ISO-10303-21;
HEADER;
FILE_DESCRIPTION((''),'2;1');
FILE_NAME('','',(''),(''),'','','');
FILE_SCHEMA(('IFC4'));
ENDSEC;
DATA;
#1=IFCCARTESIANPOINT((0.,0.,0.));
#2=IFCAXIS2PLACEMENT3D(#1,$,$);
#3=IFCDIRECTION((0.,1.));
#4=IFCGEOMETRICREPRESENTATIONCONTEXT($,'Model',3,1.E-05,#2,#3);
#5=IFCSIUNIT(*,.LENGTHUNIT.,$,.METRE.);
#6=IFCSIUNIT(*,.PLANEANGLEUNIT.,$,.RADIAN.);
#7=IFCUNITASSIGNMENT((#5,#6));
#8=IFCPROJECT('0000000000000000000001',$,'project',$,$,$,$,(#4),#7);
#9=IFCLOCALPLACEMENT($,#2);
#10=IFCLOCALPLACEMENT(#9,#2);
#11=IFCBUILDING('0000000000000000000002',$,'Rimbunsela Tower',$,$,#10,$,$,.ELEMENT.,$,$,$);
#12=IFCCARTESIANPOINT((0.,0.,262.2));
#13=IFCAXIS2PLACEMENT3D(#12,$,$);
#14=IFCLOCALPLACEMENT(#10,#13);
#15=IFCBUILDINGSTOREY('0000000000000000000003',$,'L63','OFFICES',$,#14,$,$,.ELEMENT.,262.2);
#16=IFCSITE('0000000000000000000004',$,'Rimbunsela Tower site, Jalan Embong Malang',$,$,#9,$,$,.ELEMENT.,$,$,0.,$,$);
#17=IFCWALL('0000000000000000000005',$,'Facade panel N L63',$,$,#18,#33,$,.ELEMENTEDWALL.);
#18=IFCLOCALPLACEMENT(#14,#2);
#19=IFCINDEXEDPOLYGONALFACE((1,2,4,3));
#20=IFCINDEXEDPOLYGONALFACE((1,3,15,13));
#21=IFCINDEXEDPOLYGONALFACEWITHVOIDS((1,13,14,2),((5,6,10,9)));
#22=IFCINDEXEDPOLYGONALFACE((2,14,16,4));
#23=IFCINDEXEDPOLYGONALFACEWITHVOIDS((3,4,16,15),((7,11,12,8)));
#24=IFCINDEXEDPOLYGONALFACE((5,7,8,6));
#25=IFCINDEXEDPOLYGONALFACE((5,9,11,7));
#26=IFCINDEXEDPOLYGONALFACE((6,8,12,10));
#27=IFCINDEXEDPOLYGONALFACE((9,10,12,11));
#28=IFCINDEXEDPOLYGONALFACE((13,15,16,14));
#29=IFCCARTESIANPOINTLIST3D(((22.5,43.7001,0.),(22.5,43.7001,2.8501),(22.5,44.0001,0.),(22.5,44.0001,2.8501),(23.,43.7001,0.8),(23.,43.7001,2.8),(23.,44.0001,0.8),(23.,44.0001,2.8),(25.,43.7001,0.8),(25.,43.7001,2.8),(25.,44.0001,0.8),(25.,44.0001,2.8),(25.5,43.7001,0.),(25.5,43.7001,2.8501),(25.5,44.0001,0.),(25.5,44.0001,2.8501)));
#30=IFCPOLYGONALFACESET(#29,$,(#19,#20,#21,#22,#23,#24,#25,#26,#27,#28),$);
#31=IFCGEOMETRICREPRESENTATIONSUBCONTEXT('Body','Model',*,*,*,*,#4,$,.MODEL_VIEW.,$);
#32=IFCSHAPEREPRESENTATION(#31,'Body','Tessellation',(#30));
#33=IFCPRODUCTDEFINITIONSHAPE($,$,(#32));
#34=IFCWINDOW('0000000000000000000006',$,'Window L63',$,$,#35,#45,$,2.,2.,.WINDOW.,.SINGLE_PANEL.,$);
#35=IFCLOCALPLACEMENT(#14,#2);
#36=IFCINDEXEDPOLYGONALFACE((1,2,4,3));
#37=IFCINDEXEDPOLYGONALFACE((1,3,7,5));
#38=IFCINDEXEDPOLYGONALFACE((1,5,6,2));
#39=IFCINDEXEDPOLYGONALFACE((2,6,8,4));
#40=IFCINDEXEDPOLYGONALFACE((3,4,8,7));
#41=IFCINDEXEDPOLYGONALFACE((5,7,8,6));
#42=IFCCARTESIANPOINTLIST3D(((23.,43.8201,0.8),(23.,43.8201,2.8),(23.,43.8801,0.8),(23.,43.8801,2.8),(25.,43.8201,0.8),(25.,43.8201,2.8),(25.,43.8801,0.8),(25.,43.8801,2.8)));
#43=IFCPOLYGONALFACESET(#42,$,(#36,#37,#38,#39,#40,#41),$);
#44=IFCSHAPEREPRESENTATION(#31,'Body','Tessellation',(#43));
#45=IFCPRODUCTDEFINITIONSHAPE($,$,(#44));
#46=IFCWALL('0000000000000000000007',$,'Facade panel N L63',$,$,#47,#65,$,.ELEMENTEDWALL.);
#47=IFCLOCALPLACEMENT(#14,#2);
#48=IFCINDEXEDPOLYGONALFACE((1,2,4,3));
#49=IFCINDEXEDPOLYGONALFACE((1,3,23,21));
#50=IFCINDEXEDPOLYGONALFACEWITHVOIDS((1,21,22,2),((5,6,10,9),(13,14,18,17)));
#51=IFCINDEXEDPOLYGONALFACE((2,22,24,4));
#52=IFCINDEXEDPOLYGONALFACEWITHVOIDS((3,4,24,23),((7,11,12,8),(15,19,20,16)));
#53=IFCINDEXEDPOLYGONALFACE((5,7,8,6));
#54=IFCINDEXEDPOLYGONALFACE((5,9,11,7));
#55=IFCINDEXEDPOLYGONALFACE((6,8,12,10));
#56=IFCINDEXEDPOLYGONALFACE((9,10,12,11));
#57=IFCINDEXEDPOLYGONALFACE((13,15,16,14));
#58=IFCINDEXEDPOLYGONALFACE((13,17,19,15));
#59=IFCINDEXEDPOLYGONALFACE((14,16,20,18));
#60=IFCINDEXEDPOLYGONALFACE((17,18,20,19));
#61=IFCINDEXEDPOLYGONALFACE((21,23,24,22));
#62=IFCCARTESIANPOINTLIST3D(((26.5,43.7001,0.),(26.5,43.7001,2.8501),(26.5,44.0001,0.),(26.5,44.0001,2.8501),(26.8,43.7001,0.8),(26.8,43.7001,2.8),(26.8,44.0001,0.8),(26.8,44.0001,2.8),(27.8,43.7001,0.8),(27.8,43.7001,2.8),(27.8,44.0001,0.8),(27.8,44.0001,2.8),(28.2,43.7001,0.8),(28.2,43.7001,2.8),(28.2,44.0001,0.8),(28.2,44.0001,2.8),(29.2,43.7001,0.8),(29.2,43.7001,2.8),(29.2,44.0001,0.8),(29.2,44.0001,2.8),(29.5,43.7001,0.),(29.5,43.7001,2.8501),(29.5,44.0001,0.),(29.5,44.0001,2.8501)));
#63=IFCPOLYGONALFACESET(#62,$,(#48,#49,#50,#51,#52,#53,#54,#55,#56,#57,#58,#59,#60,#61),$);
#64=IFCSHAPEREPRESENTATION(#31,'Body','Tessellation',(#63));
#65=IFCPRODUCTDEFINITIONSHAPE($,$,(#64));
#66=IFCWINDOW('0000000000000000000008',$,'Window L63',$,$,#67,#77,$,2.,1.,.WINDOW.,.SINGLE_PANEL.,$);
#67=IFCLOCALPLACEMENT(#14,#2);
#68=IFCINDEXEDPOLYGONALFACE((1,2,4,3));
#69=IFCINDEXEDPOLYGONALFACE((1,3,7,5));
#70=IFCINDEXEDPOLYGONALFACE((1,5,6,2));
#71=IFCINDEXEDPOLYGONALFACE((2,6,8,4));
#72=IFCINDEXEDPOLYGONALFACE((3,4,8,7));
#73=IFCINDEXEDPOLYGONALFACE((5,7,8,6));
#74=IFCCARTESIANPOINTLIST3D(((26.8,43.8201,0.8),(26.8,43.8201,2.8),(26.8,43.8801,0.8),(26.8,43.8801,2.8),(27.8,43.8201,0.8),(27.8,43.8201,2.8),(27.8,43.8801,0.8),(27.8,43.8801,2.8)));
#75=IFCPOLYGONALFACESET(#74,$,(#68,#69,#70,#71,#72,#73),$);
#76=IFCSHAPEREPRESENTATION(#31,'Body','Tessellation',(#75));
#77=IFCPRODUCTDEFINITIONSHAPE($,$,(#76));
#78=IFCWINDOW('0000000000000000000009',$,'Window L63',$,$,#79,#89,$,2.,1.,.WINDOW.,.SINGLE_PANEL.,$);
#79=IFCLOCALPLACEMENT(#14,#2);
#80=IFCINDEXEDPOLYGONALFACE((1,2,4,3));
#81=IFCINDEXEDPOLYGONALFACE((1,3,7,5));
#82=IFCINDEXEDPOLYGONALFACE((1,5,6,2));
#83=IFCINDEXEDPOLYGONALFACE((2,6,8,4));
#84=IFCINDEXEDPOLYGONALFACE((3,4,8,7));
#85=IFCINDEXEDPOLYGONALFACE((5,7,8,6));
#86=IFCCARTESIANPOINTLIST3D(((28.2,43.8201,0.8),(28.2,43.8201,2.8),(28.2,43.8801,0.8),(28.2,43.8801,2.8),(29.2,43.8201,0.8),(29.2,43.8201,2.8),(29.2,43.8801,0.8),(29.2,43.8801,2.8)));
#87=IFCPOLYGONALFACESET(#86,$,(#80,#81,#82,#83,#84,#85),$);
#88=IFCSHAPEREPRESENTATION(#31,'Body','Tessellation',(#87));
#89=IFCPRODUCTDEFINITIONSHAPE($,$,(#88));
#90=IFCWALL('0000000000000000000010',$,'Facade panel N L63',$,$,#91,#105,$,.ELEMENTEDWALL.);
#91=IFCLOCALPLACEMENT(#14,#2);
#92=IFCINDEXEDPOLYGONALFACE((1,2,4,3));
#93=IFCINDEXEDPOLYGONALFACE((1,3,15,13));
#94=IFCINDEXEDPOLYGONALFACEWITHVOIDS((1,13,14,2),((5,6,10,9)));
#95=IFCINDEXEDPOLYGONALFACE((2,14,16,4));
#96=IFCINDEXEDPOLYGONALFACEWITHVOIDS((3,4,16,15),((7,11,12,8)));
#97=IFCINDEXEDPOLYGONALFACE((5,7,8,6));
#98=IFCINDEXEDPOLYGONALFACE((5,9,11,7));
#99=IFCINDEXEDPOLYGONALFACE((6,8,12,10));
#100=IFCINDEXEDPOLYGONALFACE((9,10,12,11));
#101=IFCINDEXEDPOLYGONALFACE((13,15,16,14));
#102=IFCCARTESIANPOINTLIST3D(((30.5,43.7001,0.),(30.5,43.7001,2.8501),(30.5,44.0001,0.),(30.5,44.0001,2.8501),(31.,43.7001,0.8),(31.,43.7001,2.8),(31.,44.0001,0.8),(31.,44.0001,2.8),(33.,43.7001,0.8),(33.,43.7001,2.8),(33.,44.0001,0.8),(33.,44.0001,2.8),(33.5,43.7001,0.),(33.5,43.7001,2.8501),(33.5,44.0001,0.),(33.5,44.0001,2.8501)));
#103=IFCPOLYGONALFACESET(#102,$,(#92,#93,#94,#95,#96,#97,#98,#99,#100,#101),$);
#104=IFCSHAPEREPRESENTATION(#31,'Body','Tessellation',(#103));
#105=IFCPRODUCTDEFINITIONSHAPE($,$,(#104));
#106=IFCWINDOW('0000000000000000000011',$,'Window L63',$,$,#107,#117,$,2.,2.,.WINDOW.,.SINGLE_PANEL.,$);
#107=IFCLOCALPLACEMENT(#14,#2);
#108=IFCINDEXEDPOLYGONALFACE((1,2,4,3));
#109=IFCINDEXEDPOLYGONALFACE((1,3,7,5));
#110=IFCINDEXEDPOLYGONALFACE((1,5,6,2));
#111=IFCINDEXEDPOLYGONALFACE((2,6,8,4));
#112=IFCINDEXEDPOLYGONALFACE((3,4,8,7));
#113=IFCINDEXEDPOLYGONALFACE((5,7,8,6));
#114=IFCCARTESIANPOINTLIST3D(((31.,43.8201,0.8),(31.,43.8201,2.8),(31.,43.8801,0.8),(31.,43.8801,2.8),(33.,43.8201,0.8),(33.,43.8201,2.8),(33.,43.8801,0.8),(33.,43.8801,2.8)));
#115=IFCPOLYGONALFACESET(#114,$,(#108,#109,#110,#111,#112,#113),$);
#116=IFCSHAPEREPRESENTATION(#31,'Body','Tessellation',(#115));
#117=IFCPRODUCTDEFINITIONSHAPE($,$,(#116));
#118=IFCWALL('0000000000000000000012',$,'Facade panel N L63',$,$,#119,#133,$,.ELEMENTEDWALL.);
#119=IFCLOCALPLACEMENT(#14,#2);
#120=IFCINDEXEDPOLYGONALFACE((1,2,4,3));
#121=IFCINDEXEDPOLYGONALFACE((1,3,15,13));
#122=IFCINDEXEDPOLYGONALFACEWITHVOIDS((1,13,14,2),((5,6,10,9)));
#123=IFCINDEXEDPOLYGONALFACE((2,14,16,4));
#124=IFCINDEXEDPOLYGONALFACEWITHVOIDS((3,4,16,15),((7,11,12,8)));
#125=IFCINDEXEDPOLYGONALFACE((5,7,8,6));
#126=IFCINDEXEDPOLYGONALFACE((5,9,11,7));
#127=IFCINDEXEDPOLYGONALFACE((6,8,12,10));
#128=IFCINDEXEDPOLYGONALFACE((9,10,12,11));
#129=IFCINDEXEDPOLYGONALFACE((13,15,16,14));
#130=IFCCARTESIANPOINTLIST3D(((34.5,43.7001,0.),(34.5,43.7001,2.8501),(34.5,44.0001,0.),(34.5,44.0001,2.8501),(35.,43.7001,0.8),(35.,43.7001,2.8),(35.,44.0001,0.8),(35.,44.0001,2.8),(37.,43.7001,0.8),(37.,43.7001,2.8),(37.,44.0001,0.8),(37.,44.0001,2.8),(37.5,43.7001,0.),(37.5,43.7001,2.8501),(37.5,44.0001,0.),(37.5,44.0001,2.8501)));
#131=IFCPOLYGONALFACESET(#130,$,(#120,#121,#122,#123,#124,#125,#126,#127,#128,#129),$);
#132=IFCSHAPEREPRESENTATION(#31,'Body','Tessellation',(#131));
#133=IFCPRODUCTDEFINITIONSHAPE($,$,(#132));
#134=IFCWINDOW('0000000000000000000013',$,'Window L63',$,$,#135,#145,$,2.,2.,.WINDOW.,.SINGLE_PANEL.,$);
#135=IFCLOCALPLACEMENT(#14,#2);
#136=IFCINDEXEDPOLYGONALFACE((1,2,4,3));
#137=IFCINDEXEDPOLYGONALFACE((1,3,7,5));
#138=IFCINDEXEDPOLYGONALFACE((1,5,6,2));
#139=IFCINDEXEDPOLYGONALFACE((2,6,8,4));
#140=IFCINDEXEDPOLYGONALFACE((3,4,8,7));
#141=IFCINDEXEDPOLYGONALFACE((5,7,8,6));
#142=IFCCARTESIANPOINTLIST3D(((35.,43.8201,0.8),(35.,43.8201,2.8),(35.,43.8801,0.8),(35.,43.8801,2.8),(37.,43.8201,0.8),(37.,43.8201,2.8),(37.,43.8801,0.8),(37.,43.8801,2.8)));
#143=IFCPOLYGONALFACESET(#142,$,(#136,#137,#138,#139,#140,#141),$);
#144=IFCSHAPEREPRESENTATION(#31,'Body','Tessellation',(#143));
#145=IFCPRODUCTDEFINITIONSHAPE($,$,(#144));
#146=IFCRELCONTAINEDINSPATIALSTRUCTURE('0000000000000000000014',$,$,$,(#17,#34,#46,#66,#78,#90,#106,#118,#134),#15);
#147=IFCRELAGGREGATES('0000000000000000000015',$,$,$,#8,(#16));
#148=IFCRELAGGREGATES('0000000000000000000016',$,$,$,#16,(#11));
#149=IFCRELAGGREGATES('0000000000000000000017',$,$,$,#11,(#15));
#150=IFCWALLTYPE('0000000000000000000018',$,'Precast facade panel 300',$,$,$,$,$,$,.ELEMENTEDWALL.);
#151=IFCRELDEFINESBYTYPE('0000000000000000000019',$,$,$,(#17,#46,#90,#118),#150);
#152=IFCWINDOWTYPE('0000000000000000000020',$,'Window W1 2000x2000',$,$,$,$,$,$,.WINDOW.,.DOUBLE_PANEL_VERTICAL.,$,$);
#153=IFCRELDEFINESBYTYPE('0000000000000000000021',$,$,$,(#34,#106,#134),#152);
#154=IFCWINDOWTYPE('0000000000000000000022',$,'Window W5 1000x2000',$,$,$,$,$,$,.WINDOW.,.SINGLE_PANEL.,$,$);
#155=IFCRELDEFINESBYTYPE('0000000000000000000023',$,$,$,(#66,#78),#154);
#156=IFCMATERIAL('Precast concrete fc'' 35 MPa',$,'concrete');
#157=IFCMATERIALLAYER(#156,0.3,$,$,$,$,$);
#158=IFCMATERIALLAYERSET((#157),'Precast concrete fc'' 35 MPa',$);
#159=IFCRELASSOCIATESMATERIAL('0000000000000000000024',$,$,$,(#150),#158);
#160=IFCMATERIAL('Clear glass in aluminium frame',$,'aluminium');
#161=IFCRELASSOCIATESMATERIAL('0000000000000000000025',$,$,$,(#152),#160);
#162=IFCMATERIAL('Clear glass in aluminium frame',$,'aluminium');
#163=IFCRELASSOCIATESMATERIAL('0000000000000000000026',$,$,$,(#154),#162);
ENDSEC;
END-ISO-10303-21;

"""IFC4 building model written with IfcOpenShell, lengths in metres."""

from ifc_helpers import new_model, si_unit, direction, frame, frame_2d, origin, place, context, subcontext, project, spatial, rectangle, extrude, material, layer, layer_set, type_object, element, fill, save


model = new_model("IFC4")

# Units and contexts
model_context = context("Model", 3, precision=1e-05, world=origin(), true_north=direction((0.0, 1.0)))
body_context = subcontext(model_context, "Body", "Model", "MODEL_VIEW")
ifc_project = project(units=[si_unit("LENGTHUNIT", "METRE"), si_unit("PLANEANGLEUNIT", "RADIAN")], contexts=[model_context])

# Site, building, storey
site_placement = place(None, origin())
site = spatial("IfcSite", under=ifc_project, at=site_placement, Name="Rimbunsela Tower site, Jalan Embong Malang", CompositionType="ELEMENT", RefElevation=0.0)
building_placement = place(site_placement, origin())
building = spatial("IfcBuilding", under=site, at=building_placement, Name="Rimbunsela Tower", CompositionType="ELEMENT")
storey_placement = place(building_placement, frame((0.0, 0.0, 262.2)))
storey = spatial("IfcBuildingStorey", under=building, at=storey_placement, Name="L63", Description="OFFICES", CompositionType="ELEMENT", Elevation=262.2)

# Wall, opening, window
ifc_material_1 = material(Name="Precast concrete fc' 35 MPa", Category="concrete")
ifc_layer_1 = layer(ifc_material_1, 0.3)
ifc_layer_set_1 = layer_set([ifc_layer_1], Name="Precast concrete fc' 35 MPa")
wall_type_1 = type_object("IfcWallType", Name="Precast facade panel 300", PredefinedType="ELEMENTEDWALL", material=ifc_layer_set_1)
wall_1_placement = place(storey_placement, frame((25.5, 43.8501, 0.0), z_axis=(0.0, 0.0, 1.0), x_axis=(-1.0, 0.0, 0.0)))
wall_1 = element("IfcWall", 1, at=wall_1_placement, inside=storey, type_object=wall_type_1, Name="Facade panel N L63", PredefinedType="ELEMENTEDWALL", context=body_context, shape_type="SweptSolid", body=[
    extrude(rectangle(XDim=3.0, YDim=0.3, at=frame_2d((1.5, 0.0))), origin(), (0.0, 0.0, 1.0), 2.8501),
])
opening_1_placement = place(wall_1_placement, frame((0.5, 0.0, 0.8)))
opening_1 = element("IfcOpeningElement", 2, at=opening_1_placement, cuts=wall_1, PredefinedType="OPENING", context=body_context, shape_type="SweptSolid", body=[
    extrude(rectangle(XDim=2.0, YDim=2.0, at=frame_2d((1.0, 1.0))), frame((0.0, 0.1599, 0.0), z_axis=(0.0, -1.0, 0.0), x_axis=(1.0, 0.0, 0.0)), (0.0, 0.0, 1.0), 0.3201),
])
ifc_material_2 = material(Name="Clear glass in aluminium frame", Category="aluminium")
window_type_1 = type_object("IfcWindowType", Name="Window W1 2000x2000", PartitioningType="DOUBLE_PANEL_VERTICAL", PredefinedType="WINDOW", material=ifc_material_2)
window_1_placement = place(opening_1_placement, origin())
window_1 = element("IfcWindow", 3, at=window_1_placement, inside=storey, type_object=window_type_1, Name="Window L63", OverallHeight=2.0, OverallWidth=2.0, PartitioningType="SINGLE_PANEL", PredefinedType="WINDOW", context=body_context, shape_type="SweptSolid", body=[
    extrude(rectangle(XDim=2.0, YDim=2.0, at=frame_2d((1.0, 1.0))), frame((0.0, 0.03, 0.0), z_axis=(0.0, -1.0, 0.0), x_axis=(1.0, 0.0, 0.0)), (0.0, 0.0, 1.0), 0.0601),
])
fill(opening_1, window_1)

# Wall, openings, windows
wall_2_placement = place(storey_placement, frame((29.5, 43.8501, 0.0), z_axis=(0.0, 0.0, 1.0), x_axis=(-1.0, 0.0, 0.0)))
wall_2 = element("IfcWall", 4, at=wall_2_placement, inside=storey, type_object=wall_type_1, Name="Facade panel N L63", PredefinedType="ELEMENTEDWALL", context=body_context, shape_type="SweptSolid", body=[
    extrude(rectangle(XDim=3.0, YDim=0.3, at=frame_2d((1.5, 0.0))), origin(), (0.0, 0.0, 1.0), 2.8501),
])
opening_2_placement = place(wall_2_placement, frame((1.7, 0.0, 0.8)))
opening_2 = element("IfcOpeningElement", 5, at=opening_2_placement, cuts=wall_2, PredefinedType="OPENING", context=body_context, shape_type="SweptSolid", body=[
    extrude(rectangle(XDim=1.0, YDim=2.0, at=frame_2d((0.5, 1.0))), frame((0.0, 0.1599, 0.0), z_axis=(0.0, -1.0, 0.0), x_axis=(1.0, 0.0, 0.0)), (0.0, 0.0, 1.0), 0.3201),
])
opening_3_placement = place(wall_2_placement, frame((0.3, 0.0, 0.8)))
opening_3 = element("IfcOpeningElement", 6, at=opening_3_placement, cuts=wall_2, PredefinedType="OPENING", context=body_context, shape_type="SweptSolid", body=[
    extrude(rectangle(XDim=1.0, YDim=2.0, at=frame_2d((0.5, 1.0))), frame((0.0, 0.1599, 0.0), z_axis=(0.0, -1.0, 0.0), x_axis=(1.0, 0.0, 0.0)), (0.0, 0.0, 1.0), 0.3201),
])
ifc_material_3 = material(Name="Clear glass in aluminium frame", Category="aluminium")
window_type_2 = type_object("IfcWindowType", Name="Window W5 1000x2000", PartitioningType="SINGLE_PANEL", PredefinedType="WINDOW", material=ifc_material_3)
window_2_placement = place(opening_2_placement, origin())
window_2 = element("IfcWindow", 7, at=window_2_placement, inside=storey, type_object=window_type_2, Name="Window L63", OverallHeight=2.0, OverallWidth=1.0, PartitioningType="SINGLE_PANEL", PredefinedType="WINDOW", context=body_context, shape_type="SweptSolid", body=[
    extrude(rectangle(XDim=1.0, YDim=2.0, at=frame_2d((0.5, 1.0))), frame((0.0, 0.03, 0.0), z_axis=(0.0, -1.0, 0.0), x_axis=(1.0, 0.0, 0.0)), (0.0, 0.0, 1.0), 0.0601),
])
fill(opening_2, window_2)
window_3_placement = place(opening_3_placement, origin())
window_3 = element("IfcWindow", 8, at=window_3_placement, inside=storey, type_object=window_type_2, Name="Window L63", OverallHeight=2.0, OverallWidth=1.0, PartitioningType="SINGLE_PANEL", PredefinedType="WINDOW", context=body_context, shape_type="SweptSolid", body=[
    extrude(rectangle(XDim=1.0, YDim=2.0, at=frame_2d((0.5, 1.0))), frame((0.0, 0.03, 0.0), z_axis=(0.0, -1.0, 0.0), x_axis=(1.0, 0.0, 0.0)), (0.0, 0.0, 1.0), 0.0601),
])
fill(opening_3, window_3)

# Walls, openings, windows
wall_3_placement = place(storey_placement, frame((33.5, 43.8501, 0.0), z_axis=(0.0, 0.0, 1.0), x_axis=(-1.0, 0.0, 0.0)))
wall_3 = element("IfcWall", 9, at=wall_3_placement, inside=storey, type_object=wall_type_1, Name="Facade panel N L63", PredefinedType="ELEMENTEDWALL", context=body_context, shape_type="SweptSolid", body=[
    extrude(rectangle(XDim=3.0, YDim=0.3, at=frame_2d((1.5, 0.0))), origin(), (0.0, 0.0, 1.0), 2.8501),
])
opening_4_placement = place(wall_3_placement, frame((0.5, 0.0, 0.8)))
opening_4 = element("IfcOpeningElement", 10, at=opening_4_placement, cuts=wall_3, PredefinedType="OPENING", context=body_context, shape_type="SweptSolid", body=[
    extrude(rectangle(XDim=2.0, YDim=2.0, at=frame_2d((1.0, 1.0))), frame((0.0, 0.1599, 0.0), z_axis=(0.0, -1.0, 0.0), x_axis=(1.0, 0.0, 0.0)), (0.0, 0.0, 1.0), 0.3201),
])
window_4_placement = place(opening_4_placement, origin())
window_4 = element("IfcWindow", 11, at=window_4_placement, inside=storey, type_object=window_type_1, Name="Window L63", OverallHeight=2.0, OverallWidth=2.0, PartitioningType="SINGLE_PANEL", PredefinedType="WINDOW", context=body_context, shape_type="SweptSolid", body=[
    extrude(rectangle(XDim=2.0, YDim=2.0, at=frame_2d((1.0, 1.0))), frame((0.0, 0.03, 0.0), z_axis=(0.0, -1.0, 0.0), x_axis=(1.0, 0.0, 0.0)), (0.0, 0.0, 1.0), 0.0601),
])
fill(opening_4, window_4)
wall_4_placement = place(storey_placement, frame((37.5, 43.8501, 0.0), z_axis=(0.0, 0.0, 1.0), x_axis=(-1.0, 0.0, 0.0)))
wall_4 = element("IfcWall", 12, at=wall_4_placement, inside=storey, type_object=wall_type_1, Name="Facade panel N L63", PredefinedType="ELEMENTEDWALL", context=body_context, shape_type="SweptSolid", body=[
    extrude(rectangle(XDim=3.0, YDim=0.3, at=frame_2d((1.5, 0.0))), origin(), (0.0, 0.0, 1.0), 2.8501),
])
opening_5_placement = place(wall_4_placement, frame((0.5, 0.0, 0.8)))
opening_5 = element("IfcOpeningElement", 13, at=opening_5_placement, cuts=wall_4, PredefinedType="OPENING", context=body_context, shape_type="SweptSolid", body=[
    extrude(rectangle(XDim=2.0, YDim=2.0, at=frame_2d((1.0, 1.0))), frame((0.0, 0.1599, 0.0), z_axis=(0.0, -1.0, 0.0), x_axis=(1.0, 0.0, 0.0)), (0.0, 0.0, 1.0), 0.3201),
])
window_5_placement = place(opening_5_placement, origin())
window_5 = element("IfcWindow", 14, at=window_5_placement, inside=storey, type_object=window_type_1, Name="Window L63", OverallHeight=2.0, OverallWidth=2.0, PartitioningType="SINGLE_PANEL", PredefinedType="WINDOW", context=body_context, shape_type="SweptSolid", body=[
    extrude(rectangle(XDim=2.0, YDim=2.0, at=frame_2d((1.0, 1.0))), frame((0.0, 0.03, 0.0), z_axis=(0.0, -1.0, 0.0), x_axis=(1.0, 0.0, 0.0)), (0.0, 0.0, 1.0), 0.0601),
])
fill(opening_5, window_5)

save(model, "model.ifc")
